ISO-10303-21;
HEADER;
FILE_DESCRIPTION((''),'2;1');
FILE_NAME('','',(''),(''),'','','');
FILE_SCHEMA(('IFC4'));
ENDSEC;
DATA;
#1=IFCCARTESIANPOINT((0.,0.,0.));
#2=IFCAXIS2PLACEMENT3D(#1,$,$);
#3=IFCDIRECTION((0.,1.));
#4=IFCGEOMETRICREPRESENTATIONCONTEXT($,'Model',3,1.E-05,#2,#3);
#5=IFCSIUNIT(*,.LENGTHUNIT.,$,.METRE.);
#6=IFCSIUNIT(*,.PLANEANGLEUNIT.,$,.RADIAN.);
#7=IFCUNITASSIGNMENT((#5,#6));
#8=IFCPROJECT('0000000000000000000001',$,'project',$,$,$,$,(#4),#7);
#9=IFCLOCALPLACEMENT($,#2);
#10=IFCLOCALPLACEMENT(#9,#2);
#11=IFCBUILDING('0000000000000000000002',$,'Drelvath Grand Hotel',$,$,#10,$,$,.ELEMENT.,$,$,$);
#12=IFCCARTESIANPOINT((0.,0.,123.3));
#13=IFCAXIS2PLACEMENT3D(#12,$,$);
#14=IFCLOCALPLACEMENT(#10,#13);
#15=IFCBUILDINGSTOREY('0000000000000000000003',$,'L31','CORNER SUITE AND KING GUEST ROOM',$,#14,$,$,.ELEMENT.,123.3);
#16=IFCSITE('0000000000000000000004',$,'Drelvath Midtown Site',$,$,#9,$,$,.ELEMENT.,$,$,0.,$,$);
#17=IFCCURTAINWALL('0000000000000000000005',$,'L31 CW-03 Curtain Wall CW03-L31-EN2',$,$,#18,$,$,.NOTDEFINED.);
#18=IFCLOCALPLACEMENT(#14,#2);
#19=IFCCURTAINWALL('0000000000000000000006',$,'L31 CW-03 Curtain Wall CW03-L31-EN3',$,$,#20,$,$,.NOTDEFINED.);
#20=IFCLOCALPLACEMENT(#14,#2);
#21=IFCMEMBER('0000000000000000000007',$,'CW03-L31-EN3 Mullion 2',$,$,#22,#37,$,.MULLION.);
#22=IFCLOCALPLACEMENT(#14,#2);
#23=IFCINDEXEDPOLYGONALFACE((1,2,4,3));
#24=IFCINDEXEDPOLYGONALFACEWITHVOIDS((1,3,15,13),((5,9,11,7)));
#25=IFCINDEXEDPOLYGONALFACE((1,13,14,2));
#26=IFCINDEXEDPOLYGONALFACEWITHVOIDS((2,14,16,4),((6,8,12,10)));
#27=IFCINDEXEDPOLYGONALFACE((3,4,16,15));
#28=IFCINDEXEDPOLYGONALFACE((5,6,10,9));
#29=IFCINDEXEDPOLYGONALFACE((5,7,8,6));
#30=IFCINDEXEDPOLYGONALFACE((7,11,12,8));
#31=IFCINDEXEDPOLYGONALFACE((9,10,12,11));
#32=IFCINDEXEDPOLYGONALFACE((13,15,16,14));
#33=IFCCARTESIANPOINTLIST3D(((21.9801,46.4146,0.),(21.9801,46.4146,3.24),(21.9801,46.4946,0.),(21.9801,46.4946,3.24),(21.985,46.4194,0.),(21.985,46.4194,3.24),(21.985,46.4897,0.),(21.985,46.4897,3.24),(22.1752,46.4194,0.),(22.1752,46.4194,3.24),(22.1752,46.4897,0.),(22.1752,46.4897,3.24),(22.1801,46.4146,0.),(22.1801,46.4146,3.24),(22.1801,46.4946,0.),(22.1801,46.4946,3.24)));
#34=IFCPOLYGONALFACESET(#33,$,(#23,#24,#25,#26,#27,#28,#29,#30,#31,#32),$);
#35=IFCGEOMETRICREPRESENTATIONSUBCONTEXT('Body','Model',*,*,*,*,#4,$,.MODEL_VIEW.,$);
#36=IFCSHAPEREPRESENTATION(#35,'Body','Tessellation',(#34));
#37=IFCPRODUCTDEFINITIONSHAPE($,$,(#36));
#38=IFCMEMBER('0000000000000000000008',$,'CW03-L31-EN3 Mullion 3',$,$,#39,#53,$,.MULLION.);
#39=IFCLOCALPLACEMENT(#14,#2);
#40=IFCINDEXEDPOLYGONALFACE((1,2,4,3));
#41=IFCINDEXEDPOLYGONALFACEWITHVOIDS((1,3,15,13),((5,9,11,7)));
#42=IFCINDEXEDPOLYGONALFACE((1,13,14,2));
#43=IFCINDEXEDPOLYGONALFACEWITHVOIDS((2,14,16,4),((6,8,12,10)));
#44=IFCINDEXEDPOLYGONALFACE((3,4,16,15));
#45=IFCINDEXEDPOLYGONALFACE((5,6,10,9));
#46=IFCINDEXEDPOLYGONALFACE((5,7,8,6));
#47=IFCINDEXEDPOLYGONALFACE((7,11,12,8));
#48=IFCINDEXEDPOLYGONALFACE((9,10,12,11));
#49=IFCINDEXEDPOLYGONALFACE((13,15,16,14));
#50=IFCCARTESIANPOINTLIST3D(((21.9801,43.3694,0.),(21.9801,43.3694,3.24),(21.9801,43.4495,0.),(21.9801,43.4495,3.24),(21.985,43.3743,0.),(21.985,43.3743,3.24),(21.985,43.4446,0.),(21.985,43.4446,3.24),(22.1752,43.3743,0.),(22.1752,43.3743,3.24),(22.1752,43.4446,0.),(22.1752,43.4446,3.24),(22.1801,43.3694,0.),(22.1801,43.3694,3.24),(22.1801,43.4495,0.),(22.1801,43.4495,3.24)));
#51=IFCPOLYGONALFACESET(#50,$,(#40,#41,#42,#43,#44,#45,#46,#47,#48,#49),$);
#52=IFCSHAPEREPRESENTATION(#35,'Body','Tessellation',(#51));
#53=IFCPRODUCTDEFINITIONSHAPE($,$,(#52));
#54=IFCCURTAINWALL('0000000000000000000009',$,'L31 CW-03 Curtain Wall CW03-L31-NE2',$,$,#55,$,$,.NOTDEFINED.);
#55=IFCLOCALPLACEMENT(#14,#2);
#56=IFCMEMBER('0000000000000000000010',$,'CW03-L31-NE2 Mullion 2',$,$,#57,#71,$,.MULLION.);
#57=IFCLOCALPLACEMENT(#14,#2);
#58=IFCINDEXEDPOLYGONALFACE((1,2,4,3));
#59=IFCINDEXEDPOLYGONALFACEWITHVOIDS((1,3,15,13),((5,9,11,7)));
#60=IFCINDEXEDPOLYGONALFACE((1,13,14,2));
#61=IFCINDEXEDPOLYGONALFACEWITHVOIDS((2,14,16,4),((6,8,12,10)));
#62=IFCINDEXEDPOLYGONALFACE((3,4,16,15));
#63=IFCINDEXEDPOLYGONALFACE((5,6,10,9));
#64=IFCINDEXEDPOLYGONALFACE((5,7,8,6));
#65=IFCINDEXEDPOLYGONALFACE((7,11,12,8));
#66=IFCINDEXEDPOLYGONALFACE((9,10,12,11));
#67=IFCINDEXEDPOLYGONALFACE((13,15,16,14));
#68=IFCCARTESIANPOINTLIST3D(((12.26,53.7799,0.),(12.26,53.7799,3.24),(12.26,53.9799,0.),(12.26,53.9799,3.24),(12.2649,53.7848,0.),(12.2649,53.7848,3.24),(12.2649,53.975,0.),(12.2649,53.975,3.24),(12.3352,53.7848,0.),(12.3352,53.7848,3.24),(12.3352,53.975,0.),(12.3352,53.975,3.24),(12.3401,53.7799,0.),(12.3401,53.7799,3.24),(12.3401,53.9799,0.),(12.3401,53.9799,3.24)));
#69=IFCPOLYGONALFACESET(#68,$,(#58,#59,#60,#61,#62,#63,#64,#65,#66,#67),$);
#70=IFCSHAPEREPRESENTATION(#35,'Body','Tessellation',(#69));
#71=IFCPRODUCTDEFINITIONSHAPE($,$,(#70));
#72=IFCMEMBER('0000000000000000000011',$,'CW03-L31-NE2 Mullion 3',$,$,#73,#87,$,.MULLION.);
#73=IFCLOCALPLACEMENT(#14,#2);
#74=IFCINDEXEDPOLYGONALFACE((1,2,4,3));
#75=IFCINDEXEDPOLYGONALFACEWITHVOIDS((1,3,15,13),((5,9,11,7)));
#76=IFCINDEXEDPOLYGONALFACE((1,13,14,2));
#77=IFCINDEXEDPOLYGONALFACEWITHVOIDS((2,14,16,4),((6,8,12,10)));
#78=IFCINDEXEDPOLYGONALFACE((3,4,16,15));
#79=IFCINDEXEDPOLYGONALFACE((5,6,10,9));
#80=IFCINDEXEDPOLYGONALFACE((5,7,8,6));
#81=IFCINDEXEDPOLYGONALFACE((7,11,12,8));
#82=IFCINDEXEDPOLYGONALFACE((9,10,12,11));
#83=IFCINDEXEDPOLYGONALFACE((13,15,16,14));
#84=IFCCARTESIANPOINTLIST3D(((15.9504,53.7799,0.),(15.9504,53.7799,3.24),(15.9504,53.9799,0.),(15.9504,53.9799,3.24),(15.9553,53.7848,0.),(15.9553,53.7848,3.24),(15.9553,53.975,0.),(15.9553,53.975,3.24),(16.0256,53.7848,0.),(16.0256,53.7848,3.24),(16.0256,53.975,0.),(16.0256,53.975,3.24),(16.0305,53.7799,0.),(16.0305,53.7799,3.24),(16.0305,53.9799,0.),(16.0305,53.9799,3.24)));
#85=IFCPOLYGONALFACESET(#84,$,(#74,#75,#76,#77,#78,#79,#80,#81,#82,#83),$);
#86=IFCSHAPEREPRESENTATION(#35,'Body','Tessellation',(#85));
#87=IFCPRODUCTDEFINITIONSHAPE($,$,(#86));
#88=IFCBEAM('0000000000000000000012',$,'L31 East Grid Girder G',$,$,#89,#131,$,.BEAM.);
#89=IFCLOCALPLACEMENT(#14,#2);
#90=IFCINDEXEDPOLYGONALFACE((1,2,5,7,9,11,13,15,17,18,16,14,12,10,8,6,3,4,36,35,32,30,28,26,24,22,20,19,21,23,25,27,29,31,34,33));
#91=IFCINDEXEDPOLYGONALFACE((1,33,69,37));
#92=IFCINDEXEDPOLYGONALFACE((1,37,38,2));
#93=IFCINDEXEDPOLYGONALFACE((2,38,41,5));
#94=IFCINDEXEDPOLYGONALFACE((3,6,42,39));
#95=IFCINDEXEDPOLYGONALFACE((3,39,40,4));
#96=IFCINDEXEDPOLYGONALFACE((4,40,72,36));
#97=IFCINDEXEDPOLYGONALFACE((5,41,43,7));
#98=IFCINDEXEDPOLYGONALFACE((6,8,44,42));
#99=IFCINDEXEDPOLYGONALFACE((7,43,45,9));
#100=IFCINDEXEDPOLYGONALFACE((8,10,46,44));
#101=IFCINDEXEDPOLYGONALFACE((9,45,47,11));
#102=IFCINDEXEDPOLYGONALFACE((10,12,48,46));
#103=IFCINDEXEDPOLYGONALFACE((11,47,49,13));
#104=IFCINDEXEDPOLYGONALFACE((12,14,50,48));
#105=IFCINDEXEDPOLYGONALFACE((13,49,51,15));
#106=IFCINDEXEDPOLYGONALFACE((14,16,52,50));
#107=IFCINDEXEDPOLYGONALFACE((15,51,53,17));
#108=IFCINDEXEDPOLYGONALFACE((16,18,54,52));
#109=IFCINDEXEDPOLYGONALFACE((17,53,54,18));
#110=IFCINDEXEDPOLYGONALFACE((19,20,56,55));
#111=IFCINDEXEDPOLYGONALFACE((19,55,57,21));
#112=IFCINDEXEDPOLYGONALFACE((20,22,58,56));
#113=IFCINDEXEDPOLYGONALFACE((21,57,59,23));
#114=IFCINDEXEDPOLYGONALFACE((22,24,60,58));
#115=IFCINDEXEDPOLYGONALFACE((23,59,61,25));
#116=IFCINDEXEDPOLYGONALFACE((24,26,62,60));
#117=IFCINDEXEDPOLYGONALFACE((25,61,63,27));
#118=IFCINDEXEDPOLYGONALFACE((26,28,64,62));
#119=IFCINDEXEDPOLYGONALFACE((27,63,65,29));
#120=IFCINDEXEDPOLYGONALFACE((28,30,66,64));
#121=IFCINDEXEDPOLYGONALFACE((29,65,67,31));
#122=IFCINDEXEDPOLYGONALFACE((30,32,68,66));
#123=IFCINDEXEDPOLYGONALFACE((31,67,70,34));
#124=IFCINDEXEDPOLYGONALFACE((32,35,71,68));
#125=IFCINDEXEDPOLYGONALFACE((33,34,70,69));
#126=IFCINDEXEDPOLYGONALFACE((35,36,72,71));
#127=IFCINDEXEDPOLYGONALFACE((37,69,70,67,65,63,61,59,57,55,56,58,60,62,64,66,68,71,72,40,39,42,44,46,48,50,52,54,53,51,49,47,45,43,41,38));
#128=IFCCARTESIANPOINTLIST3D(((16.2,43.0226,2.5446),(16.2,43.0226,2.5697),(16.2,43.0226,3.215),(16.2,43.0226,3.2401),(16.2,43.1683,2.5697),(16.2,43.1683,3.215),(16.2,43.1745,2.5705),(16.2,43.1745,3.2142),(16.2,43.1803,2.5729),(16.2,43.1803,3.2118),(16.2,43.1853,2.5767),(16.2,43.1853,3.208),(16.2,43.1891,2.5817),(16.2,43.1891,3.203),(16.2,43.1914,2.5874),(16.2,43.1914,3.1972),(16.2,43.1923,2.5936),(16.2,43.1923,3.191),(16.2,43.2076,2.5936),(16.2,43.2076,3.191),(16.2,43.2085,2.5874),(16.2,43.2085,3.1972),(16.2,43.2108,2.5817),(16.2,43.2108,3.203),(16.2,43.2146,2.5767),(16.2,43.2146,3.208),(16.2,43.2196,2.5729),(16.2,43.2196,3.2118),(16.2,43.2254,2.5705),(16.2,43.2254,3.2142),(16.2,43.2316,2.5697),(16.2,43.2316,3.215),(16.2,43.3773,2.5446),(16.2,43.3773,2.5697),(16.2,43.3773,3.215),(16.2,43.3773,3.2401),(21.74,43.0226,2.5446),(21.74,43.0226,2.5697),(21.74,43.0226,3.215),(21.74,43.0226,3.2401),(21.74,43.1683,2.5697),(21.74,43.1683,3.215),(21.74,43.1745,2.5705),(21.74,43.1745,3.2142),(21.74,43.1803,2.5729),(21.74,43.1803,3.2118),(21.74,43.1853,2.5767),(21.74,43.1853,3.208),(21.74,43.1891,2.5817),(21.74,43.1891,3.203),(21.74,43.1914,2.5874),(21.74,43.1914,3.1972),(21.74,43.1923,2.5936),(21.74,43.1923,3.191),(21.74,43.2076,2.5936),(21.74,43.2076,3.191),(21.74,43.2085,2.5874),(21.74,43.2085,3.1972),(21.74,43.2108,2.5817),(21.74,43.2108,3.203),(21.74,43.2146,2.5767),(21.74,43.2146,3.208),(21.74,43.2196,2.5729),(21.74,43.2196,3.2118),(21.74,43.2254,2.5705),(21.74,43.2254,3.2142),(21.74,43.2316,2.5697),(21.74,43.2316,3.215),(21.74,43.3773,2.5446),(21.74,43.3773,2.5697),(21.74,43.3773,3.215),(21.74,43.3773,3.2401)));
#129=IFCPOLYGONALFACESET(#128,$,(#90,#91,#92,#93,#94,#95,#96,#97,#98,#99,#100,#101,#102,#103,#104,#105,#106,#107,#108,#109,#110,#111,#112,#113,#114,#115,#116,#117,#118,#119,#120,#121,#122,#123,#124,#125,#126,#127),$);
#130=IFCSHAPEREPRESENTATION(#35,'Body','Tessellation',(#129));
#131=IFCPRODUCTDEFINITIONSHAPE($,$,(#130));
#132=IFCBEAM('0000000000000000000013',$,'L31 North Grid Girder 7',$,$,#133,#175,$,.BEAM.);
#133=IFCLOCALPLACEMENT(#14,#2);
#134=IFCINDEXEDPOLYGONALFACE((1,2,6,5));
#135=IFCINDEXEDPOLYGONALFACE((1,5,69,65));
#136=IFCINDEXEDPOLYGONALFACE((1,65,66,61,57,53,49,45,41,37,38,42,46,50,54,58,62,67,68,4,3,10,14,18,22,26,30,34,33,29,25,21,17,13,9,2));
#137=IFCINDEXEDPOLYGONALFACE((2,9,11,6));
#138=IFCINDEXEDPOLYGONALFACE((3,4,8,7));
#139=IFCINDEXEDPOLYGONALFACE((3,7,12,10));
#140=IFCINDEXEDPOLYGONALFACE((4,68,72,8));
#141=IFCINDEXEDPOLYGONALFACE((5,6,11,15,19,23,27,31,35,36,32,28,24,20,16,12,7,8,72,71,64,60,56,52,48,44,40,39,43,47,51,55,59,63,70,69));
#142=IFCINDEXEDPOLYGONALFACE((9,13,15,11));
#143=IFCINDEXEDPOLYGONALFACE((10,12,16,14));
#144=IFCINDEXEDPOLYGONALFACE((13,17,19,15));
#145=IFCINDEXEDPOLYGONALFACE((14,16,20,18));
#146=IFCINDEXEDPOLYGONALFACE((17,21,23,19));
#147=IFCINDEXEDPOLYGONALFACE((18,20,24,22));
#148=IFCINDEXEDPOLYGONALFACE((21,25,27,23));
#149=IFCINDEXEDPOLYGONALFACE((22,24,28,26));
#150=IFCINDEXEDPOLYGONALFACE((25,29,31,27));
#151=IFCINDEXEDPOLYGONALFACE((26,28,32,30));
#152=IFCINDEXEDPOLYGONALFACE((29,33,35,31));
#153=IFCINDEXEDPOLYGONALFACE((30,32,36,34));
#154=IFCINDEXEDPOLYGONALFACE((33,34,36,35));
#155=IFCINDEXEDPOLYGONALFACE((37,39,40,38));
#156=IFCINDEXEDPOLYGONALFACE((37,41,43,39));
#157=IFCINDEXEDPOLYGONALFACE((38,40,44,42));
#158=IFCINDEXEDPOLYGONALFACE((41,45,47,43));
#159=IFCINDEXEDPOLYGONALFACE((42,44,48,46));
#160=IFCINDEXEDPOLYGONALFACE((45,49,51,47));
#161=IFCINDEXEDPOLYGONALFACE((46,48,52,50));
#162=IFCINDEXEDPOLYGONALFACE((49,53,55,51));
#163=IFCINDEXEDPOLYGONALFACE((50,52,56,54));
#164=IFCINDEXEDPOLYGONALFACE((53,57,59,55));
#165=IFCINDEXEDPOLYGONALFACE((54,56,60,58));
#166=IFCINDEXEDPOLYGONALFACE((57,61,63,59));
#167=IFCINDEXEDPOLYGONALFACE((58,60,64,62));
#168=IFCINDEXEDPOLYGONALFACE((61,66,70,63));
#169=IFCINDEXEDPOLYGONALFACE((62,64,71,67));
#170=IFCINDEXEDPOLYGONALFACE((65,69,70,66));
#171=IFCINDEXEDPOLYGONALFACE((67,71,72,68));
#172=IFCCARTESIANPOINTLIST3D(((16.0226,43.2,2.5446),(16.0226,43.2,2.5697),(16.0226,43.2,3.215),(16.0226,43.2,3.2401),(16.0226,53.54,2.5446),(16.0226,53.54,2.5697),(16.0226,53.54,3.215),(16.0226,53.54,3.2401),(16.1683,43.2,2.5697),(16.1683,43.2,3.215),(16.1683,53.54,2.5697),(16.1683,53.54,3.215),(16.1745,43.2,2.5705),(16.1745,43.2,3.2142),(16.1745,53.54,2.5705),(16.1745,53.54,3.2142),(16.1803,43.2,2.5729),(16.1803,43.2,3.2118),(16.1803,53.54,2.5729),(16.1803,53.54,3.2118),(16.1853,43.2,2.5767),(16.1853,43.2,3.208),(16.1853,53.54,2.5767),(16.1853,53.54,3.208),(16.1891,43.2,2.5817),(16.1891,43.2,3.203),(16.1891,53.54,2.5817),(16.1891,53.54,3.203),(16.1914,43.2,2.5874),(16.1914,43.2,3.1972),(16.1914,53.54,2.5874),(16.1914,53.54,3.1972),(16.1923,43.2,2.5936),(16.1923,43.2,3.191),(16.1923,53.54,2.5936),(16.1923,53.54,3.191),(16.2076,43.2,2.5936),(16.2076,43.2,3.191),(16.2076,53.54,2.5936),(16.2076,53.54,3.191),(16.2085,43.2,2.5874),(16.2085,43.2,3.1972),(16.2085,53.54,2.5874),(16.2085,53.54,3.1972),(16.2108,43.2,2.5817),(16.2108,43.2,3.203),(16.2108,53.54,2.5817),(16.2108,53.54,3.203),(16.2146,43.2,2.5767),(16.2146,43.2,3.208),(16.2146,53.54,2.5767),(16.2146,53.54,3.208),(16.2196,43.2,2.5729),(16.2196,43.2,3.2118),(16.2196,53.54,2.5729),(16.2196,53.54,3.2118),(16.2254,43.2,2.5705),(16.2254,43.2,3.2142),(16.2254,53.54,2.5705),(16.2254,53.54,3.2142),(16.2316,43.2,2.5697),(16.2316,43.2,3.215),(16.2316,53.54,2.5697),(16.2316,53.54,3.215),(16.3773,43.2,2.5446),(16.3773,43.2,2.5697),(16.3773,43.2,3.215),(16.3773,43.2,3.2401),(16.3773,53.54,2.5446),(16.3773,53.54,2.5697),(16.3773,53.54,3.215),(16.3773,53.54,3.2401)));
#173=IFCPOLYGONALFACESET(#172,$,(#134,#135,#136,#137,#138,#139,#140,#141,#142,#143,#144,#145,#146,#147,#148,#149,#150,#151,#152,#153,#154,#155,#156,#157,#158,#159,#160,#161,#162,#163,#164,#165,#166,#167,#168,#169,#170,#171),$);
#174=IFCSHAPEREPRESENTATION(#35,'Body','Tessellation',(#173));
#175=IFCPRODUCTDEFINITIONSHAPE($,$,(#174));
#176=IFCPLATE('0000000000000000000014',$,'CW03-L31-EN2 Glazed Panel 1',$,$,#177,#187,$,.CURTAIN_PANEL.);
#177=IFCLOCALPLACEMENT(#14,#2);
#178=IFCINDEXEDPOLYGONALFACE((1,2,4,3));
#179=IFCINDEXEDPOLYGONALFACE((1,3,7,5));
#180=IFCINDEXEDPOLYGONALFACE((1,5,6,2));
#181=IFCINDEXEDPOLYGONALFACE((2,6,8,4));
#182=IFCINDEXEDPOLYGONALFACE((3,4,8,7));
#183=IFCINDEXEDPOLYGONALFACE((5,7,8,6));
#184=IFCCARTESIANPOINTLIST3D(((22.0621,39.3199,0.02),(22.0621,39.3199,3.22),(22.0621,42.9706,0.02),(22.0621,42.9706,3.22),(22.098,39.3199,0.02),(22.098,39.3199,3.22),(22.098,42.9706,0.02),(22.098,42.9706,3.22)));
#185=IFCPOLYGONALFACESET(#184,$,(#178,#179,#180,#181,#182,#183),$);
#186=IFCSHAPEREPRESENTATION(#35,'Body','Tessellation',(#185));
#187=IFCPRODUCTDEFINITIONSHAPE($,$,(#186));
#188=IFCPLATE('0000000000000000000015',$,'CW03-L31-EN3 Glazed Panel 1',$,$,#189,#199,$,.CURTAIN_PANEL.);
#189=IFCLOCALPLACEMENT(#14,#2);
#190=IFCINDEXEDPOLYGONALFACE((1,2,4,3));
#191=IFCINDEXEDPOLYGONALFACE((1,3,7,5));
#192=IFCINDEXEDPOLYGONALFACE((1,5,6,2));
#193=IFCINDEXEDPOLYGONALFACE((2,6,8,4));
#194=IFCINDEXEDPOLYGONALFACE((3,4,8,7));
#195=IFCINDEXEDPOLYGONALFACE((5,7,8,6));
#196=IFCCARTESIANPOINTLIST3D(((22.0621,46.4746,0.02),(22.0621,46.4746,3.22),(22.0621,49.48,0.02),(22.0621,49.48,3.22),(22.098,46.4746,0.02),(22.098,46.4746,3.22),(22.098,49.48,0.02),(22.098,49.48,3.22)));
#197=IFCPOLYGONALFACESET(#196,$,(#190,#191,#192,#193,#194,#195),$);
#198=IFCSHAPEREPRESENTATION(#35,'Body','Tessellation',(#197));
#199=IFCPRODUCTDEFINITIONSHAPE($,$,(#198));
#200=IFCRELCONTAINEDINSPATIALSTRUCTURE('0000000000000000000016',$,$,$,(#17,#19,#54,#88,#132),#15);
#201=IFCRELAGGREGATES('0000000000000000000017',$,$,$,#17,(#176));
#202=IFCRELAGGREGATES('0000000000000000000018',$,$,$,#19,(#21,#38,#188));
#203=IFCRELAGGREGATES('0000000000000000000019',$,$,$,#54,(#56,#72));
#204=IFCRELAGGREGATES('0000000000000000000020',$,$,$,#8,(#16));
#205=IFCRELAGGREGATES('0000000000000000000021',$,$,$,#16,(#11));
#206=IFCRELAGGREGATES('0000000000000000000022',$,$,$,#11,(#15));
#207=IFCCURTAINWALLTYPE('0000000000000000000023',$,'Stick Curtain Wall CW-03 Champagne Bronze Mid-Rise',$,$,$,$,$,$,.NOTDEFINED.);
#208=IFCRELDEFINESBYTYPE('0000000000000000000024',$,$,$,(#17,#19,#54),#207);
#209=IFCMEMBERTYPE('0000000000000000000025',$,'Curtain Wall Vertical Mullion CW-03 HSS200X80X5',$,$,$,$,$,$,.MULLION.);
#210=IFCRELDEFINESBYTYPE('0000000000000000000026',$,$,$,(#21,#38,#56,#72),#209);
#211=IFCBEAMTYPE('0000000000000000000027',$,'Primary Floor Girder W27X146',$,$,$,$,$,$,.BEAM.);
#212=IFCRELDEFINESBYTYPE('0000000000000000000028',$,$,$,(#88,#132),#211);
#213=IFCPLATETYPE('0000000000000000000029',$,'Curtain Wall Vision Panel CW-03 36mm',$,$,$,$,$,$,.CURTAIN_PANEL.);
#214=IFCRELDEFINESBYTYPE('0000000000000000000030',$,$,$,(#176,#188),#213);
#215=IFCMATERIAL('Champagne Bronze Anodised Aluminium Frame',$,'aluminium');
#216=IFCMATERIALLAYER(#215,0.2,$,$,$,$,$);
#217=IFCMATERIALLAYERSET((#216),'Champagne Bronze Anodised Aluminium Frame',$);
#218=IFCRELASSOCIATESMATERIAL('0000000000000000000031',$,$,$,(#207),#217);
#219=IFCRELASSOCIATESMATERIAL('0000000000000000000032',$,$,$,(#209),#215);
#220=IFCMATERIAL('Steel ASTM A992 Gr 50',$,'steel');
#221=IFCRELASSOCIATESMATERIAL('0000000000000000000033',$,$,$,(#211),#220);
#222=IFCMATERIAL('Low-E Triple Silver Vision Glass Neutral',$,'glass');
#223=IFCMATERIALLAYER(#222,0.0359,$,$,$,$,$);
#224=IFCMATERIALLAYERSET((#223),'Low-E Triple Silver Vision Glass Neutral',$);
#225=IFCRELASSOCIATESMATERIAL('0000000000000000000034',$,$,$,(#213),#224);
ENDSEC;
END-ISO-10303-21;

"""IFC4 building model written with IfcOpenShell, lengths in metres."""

from ifc_helpers import new_model, si_unit, direction, frame, origin, origin_2d, place, context, subcontext, project, spatial, rectangle, hollow_rectangle, i_section, extrude, material, layer, layer_set, material_profile, profile_set, type_object, element, aggregate, save


model = new_model("IFC4")

# Units and contexts
model_context = context("Model", 3, precision=1e-05, world=origin(), true_north=direction((0.0, 1.0)))
body_context = subcontext(model_context, "Body", "Model", "MODEL_VIEW")
ifc_project = project(units=[si_unit("LENGTHUNIT", "METRE"), si_unit("PLANEANGLEUNIT", "RADIAN")], contexts=[model_context])

# Site, building, storey
site_placement = place(None, origin())
site = spatial("IfcSite", under=ifc_project, at=site_placement, Name="Drelvath Midtown Site", CompositionType="ELEMENT", RefElevation=0.0)
building_placement = place(site_placement, origin())
building = spatial("IfcBuilding", under=site, at=building_placement, Name="Drelvath Grand Hotel", CompositionType="ELEMENT")
storey_placement = place(building_placement, frame((0.0, 0.0, 123.3)))
storey = spatial("IfcBuildingStorey", under=building, at=storey_placement, Name="L31", Description="CORNER SUITE AND KING GUEST ROOM", CompositionType="ELEMENT", Elevation=123.3)

# Curtain walls
ifc_material_1 = material(Name="Champagne Bronze Anodised Aluminium Frame", Category="aluminium")
ifc_layer_1 = layer(ifc_material_1, 0.2)
ifc_layer_set_1 = layer_set([ifc_layer_1], Name="Champagne Bronze Anodised Aluminium Frame")
curtain_wall_type = type_object("IfcCurtainWallType", Name="Stick Curtain Wall CW-03 Champagne Bronze Mid-Rise", PredefinedType="NOTDEFINED", material=ifc_layer_set_1)
curtain_wall_1_placement = place(storey_placement, origin())
curtain_wall_1 = element("IfcCurtainWall", 1, at=curtain_wall_1_placement, inside=storey, type_object=curtain_wall_type, Name="L31 CW-03 Curtain Wall CW03-L31-EN2", PredefinedType="NOTDEFINED")
curtain_wall_2_placement = place(storey_placement, origin())
curtain_wall_2 = element("IfcCurtainWall", 2, at=curtain_wall_2_placement, inside=storey, type_object=curtain_wall_type, Name="L31 CW-03 Curtain Wall CW03-L31-EN3", PredefinedType="NOTDEFINED")

# Members
ifc_material_profile_1 = material_profile(ifc_material_1, hollow_rectangle(XDim=0.0801, YDim=0.2, WallThickness=0.0049, at=origin_2d()), Name="HSS200X80X5")
ifc_profile_set_1 = profile_set([ifc_material_profile_1], Name="Champagne Bronze Anodised Aluminium Frame")
member_type_1 = type_object("IfcMemberType", Name="Curtain Wall Vertical Mullion CW-03 HSS200X80X5", PredefinedType="MULLION", material=ifc_profile_set_1)
member_1_placement = place(storey_placement, frame((22.0801, 46.4546, 0.0), z_axis=(0.0, 0.0, 1.0), x_axis=(0.0, 1.0, 0.0)))
member_1 = element("IfcMember", 3, at=member_1_placement, type_object=member_type_1, Name="CW03-L31-EN3 Mullion 2", PredefinedType="MULLION", context=body_context, shape_type="SweptSolid", body=[
    extrude(hollow_rectangle(XDim=0.0801, YDim=0.2, WallThickness=0.0049, at=origin_2d()), origin(), (0.0, 0.0, 1.0), 3.24),
])
member_2_placement = place(storey_placement, frame((22.0801, 43.4094, 0.0), z_axis=(0.0, 0.0, 1.0), x_axis=(0.0, 1.0, 0.0)))
member_2 = element("IfcMember", 4, at=member_2_placement, type_object=member_type_1, Name="CW03-L31-EN3 Mullion 3", PredefinedType="MULLION", context=body_context, shape_type="SweptSolid", body=[
    extrude(hollow_rectangle(XDim=0.0801, YDim=0.2, WallThickness=0.0049, at=origin_2d()), origin(), (0.0, 0.0, 1.0), 3.24),
])

# Curtain wall, members
curtain_wall_3_placement = place(storey_placement, origin())
curtain_wall_3 = element("IfcCurtainWall", 5, at=curtain_wall_3_placement, inside=storey, type_object=curtain_wall_type, Name="L31 CW-03 Curtain Wall CW03-L31-NE2", PredefinedType="NOTDEFINED")
member_3_placement = place(storey_placement, frame((12.3, 53.8799, 0.0), z_axis=(0.0, 0.0, 1.0), x_axis=(1.0, 0.0, 0.0)))
member_3 = element("IfcMember", 6, at=member_3_placement, type_object=member_type_1, Name="CW03-L31-NE2 Mullion 2", PredefinedType="MULLION", context=body_context, shape_type="SweptSolid", body=[
    extrude(hollow_rectangle(XDim=0.0801, YDim=0.2, WallThickness=0.0049, at=origin_2d()), origin(), (0.0, 0.0, 1.0), 3.24),
])
member_4_placement = place(storey_placement, frame((15.9905, 53.8799, 0.0), z_axis=(0.0, 0.0, 1.0), x_axis=(1.0, 0.0, 0.0)))
member_4 = element("IfcMember", 7, at=member_4_placement, type_object=member_type_1, Name="CW03-L31-NE2 Mullion 3", PredefinedType="MULLION", context=body_context, shape_type="SweptSolid", body=[
    extrude(hollow_rectangle(XDim=0.0801, YDim=0.2, WallThickness=0.0049, at=origin_2d()), origin(), (0.0, 0.0, 1.0), 3.24),
])

# Beams
ifc_material_2 = material(Name="Steel ASTM A992 Gr 50", Category="steel")
ifc_material_profile_2 = material_profile(ifc_material_2, i_section(OverallWidth=0.3547, OverallDepth=0.6956, WebThickness=0.0154, FlangeThickness=0.0251, FilletRadius=0.0239, at=origin_2d()), Name="W27X146")
ifc_profile_set_2 = profile_set([ifc_material_profile_2], Name="Steel ASTM A992 Gr 50")
beam_type = type_object("IfcBeamType", Name="Primary Floor Girder W27X146", PredefinedType="BEAM", material=ifc_profile_set_2)
beam_1_placement = place(storey_placement, frame((16.2, 43.2, 2.8923), z_axis=(1.0, 0.0, 0.0), x_axis=(0.0, 1.0, 0.0)))
element("IfcBeam", 8, at=beam_1_placement, inside=storey, type_object=beam_type, Name="L31 East Grid Girder G", PredefinedType="BEAM", context=body_context, shape_type="SweptSolid", body=[
    extrude(i_section(OverallWidth=0.3547, OverallDepth=0.6956, WebThickness=0.0154, FlangeThickness=0.0251, FilletRadius=0.0239, at=origin_2d()), origin(), (0.0, 0.0, 1.0), 5.54),
])
beam_2_placement = place(storey_placement, frame((16.2, 43.2, 2.8923), z_axis=(0.0, 1.0, 0.0), x_axis=(-1.0, 0.0, 0.0)))
element("IfcBeam", 9, at=beam_2_placement, inside=storey, type_object=beam_type, Name="L31 North Grid Girder 7", PredefinedType="BEAM", context=body_context, shape_type="SweptSolid", body=[
    extrude(i_section(OverallWidth=0.3547, OverallDepth=0.6956, WebThickness=0.0154, FlangeThickness=0.0251, FilletRadius=0.0239, at=origin_2d()), origin(), (0.0, 0.0, 1.0), 10.3401),
])

# Plates
ifc_material_3 = material(Name="Low-E Triple Silver Vision Glass Neutral", Category="glass")
ifc_layer_2 = layer(ifc_material_3, 0.0359)
ifc_layer_set_2 = layer_set([ifc_layer_2], Name="Low-E Triple Silver Vision Glass Neutral")
plate_type = type_object("IfcPlateType", Name="Curtain Wall Vision Panel CW-03 36mm", PredefinedType="CURTAIN_PANEL", material=ifc_layer_set_2)
plate_1_placement = place(storey_placement, frame((22.0801, 41.1453, 0.02), z_axis=(0.0, 0.0, 1.0), x_axis=(0.0, -1.0, 0.0)))
plate_1 = element("IfcPlate", 10, at=plate_1_placement, type_object=plate_type, Name="CW03-L31-EN2 Glazed Panel 1", PredefinedType="CURTAIN_PANEL", context=body_context, shape_type="SweptSolid", body=[
    extrude(rectangle(XDim=3.6506, YDim=0.0359, at=origin_2d()), origin(), (0.0, 0.0, 1.0), 3.2),
])
aggregate(curtain_wall_1, [plate_1])
plate_2_placement = place(storey_placement, frame((22.0801, 47.9773, 0.02), z_axis=(0.0, 0.0, 1.0), x_axis=(0.0, -1.0, 0.0)))
plate_2 = element("IfcPlate", 11, at=plate_2_placement, type_object=plate_type, Name="CW03-L31-EN3 Glazed Panel 1", PredefinedType="CURTAIN_PANEL", context=body_context, shape_type="SweptSolid", body=[
    extrude(rectangle(XDim=3.0054, YDim=0.0359, at=origin_2d()), origin(), (0.0, 0.0, 1.0), 3.2),
])
aggregate(curtain_wall_2, [member_1, member_2, plate_2])
aggregate(curtain_wall_3, [member_3, member_4])

save(model, "model.ifc")
